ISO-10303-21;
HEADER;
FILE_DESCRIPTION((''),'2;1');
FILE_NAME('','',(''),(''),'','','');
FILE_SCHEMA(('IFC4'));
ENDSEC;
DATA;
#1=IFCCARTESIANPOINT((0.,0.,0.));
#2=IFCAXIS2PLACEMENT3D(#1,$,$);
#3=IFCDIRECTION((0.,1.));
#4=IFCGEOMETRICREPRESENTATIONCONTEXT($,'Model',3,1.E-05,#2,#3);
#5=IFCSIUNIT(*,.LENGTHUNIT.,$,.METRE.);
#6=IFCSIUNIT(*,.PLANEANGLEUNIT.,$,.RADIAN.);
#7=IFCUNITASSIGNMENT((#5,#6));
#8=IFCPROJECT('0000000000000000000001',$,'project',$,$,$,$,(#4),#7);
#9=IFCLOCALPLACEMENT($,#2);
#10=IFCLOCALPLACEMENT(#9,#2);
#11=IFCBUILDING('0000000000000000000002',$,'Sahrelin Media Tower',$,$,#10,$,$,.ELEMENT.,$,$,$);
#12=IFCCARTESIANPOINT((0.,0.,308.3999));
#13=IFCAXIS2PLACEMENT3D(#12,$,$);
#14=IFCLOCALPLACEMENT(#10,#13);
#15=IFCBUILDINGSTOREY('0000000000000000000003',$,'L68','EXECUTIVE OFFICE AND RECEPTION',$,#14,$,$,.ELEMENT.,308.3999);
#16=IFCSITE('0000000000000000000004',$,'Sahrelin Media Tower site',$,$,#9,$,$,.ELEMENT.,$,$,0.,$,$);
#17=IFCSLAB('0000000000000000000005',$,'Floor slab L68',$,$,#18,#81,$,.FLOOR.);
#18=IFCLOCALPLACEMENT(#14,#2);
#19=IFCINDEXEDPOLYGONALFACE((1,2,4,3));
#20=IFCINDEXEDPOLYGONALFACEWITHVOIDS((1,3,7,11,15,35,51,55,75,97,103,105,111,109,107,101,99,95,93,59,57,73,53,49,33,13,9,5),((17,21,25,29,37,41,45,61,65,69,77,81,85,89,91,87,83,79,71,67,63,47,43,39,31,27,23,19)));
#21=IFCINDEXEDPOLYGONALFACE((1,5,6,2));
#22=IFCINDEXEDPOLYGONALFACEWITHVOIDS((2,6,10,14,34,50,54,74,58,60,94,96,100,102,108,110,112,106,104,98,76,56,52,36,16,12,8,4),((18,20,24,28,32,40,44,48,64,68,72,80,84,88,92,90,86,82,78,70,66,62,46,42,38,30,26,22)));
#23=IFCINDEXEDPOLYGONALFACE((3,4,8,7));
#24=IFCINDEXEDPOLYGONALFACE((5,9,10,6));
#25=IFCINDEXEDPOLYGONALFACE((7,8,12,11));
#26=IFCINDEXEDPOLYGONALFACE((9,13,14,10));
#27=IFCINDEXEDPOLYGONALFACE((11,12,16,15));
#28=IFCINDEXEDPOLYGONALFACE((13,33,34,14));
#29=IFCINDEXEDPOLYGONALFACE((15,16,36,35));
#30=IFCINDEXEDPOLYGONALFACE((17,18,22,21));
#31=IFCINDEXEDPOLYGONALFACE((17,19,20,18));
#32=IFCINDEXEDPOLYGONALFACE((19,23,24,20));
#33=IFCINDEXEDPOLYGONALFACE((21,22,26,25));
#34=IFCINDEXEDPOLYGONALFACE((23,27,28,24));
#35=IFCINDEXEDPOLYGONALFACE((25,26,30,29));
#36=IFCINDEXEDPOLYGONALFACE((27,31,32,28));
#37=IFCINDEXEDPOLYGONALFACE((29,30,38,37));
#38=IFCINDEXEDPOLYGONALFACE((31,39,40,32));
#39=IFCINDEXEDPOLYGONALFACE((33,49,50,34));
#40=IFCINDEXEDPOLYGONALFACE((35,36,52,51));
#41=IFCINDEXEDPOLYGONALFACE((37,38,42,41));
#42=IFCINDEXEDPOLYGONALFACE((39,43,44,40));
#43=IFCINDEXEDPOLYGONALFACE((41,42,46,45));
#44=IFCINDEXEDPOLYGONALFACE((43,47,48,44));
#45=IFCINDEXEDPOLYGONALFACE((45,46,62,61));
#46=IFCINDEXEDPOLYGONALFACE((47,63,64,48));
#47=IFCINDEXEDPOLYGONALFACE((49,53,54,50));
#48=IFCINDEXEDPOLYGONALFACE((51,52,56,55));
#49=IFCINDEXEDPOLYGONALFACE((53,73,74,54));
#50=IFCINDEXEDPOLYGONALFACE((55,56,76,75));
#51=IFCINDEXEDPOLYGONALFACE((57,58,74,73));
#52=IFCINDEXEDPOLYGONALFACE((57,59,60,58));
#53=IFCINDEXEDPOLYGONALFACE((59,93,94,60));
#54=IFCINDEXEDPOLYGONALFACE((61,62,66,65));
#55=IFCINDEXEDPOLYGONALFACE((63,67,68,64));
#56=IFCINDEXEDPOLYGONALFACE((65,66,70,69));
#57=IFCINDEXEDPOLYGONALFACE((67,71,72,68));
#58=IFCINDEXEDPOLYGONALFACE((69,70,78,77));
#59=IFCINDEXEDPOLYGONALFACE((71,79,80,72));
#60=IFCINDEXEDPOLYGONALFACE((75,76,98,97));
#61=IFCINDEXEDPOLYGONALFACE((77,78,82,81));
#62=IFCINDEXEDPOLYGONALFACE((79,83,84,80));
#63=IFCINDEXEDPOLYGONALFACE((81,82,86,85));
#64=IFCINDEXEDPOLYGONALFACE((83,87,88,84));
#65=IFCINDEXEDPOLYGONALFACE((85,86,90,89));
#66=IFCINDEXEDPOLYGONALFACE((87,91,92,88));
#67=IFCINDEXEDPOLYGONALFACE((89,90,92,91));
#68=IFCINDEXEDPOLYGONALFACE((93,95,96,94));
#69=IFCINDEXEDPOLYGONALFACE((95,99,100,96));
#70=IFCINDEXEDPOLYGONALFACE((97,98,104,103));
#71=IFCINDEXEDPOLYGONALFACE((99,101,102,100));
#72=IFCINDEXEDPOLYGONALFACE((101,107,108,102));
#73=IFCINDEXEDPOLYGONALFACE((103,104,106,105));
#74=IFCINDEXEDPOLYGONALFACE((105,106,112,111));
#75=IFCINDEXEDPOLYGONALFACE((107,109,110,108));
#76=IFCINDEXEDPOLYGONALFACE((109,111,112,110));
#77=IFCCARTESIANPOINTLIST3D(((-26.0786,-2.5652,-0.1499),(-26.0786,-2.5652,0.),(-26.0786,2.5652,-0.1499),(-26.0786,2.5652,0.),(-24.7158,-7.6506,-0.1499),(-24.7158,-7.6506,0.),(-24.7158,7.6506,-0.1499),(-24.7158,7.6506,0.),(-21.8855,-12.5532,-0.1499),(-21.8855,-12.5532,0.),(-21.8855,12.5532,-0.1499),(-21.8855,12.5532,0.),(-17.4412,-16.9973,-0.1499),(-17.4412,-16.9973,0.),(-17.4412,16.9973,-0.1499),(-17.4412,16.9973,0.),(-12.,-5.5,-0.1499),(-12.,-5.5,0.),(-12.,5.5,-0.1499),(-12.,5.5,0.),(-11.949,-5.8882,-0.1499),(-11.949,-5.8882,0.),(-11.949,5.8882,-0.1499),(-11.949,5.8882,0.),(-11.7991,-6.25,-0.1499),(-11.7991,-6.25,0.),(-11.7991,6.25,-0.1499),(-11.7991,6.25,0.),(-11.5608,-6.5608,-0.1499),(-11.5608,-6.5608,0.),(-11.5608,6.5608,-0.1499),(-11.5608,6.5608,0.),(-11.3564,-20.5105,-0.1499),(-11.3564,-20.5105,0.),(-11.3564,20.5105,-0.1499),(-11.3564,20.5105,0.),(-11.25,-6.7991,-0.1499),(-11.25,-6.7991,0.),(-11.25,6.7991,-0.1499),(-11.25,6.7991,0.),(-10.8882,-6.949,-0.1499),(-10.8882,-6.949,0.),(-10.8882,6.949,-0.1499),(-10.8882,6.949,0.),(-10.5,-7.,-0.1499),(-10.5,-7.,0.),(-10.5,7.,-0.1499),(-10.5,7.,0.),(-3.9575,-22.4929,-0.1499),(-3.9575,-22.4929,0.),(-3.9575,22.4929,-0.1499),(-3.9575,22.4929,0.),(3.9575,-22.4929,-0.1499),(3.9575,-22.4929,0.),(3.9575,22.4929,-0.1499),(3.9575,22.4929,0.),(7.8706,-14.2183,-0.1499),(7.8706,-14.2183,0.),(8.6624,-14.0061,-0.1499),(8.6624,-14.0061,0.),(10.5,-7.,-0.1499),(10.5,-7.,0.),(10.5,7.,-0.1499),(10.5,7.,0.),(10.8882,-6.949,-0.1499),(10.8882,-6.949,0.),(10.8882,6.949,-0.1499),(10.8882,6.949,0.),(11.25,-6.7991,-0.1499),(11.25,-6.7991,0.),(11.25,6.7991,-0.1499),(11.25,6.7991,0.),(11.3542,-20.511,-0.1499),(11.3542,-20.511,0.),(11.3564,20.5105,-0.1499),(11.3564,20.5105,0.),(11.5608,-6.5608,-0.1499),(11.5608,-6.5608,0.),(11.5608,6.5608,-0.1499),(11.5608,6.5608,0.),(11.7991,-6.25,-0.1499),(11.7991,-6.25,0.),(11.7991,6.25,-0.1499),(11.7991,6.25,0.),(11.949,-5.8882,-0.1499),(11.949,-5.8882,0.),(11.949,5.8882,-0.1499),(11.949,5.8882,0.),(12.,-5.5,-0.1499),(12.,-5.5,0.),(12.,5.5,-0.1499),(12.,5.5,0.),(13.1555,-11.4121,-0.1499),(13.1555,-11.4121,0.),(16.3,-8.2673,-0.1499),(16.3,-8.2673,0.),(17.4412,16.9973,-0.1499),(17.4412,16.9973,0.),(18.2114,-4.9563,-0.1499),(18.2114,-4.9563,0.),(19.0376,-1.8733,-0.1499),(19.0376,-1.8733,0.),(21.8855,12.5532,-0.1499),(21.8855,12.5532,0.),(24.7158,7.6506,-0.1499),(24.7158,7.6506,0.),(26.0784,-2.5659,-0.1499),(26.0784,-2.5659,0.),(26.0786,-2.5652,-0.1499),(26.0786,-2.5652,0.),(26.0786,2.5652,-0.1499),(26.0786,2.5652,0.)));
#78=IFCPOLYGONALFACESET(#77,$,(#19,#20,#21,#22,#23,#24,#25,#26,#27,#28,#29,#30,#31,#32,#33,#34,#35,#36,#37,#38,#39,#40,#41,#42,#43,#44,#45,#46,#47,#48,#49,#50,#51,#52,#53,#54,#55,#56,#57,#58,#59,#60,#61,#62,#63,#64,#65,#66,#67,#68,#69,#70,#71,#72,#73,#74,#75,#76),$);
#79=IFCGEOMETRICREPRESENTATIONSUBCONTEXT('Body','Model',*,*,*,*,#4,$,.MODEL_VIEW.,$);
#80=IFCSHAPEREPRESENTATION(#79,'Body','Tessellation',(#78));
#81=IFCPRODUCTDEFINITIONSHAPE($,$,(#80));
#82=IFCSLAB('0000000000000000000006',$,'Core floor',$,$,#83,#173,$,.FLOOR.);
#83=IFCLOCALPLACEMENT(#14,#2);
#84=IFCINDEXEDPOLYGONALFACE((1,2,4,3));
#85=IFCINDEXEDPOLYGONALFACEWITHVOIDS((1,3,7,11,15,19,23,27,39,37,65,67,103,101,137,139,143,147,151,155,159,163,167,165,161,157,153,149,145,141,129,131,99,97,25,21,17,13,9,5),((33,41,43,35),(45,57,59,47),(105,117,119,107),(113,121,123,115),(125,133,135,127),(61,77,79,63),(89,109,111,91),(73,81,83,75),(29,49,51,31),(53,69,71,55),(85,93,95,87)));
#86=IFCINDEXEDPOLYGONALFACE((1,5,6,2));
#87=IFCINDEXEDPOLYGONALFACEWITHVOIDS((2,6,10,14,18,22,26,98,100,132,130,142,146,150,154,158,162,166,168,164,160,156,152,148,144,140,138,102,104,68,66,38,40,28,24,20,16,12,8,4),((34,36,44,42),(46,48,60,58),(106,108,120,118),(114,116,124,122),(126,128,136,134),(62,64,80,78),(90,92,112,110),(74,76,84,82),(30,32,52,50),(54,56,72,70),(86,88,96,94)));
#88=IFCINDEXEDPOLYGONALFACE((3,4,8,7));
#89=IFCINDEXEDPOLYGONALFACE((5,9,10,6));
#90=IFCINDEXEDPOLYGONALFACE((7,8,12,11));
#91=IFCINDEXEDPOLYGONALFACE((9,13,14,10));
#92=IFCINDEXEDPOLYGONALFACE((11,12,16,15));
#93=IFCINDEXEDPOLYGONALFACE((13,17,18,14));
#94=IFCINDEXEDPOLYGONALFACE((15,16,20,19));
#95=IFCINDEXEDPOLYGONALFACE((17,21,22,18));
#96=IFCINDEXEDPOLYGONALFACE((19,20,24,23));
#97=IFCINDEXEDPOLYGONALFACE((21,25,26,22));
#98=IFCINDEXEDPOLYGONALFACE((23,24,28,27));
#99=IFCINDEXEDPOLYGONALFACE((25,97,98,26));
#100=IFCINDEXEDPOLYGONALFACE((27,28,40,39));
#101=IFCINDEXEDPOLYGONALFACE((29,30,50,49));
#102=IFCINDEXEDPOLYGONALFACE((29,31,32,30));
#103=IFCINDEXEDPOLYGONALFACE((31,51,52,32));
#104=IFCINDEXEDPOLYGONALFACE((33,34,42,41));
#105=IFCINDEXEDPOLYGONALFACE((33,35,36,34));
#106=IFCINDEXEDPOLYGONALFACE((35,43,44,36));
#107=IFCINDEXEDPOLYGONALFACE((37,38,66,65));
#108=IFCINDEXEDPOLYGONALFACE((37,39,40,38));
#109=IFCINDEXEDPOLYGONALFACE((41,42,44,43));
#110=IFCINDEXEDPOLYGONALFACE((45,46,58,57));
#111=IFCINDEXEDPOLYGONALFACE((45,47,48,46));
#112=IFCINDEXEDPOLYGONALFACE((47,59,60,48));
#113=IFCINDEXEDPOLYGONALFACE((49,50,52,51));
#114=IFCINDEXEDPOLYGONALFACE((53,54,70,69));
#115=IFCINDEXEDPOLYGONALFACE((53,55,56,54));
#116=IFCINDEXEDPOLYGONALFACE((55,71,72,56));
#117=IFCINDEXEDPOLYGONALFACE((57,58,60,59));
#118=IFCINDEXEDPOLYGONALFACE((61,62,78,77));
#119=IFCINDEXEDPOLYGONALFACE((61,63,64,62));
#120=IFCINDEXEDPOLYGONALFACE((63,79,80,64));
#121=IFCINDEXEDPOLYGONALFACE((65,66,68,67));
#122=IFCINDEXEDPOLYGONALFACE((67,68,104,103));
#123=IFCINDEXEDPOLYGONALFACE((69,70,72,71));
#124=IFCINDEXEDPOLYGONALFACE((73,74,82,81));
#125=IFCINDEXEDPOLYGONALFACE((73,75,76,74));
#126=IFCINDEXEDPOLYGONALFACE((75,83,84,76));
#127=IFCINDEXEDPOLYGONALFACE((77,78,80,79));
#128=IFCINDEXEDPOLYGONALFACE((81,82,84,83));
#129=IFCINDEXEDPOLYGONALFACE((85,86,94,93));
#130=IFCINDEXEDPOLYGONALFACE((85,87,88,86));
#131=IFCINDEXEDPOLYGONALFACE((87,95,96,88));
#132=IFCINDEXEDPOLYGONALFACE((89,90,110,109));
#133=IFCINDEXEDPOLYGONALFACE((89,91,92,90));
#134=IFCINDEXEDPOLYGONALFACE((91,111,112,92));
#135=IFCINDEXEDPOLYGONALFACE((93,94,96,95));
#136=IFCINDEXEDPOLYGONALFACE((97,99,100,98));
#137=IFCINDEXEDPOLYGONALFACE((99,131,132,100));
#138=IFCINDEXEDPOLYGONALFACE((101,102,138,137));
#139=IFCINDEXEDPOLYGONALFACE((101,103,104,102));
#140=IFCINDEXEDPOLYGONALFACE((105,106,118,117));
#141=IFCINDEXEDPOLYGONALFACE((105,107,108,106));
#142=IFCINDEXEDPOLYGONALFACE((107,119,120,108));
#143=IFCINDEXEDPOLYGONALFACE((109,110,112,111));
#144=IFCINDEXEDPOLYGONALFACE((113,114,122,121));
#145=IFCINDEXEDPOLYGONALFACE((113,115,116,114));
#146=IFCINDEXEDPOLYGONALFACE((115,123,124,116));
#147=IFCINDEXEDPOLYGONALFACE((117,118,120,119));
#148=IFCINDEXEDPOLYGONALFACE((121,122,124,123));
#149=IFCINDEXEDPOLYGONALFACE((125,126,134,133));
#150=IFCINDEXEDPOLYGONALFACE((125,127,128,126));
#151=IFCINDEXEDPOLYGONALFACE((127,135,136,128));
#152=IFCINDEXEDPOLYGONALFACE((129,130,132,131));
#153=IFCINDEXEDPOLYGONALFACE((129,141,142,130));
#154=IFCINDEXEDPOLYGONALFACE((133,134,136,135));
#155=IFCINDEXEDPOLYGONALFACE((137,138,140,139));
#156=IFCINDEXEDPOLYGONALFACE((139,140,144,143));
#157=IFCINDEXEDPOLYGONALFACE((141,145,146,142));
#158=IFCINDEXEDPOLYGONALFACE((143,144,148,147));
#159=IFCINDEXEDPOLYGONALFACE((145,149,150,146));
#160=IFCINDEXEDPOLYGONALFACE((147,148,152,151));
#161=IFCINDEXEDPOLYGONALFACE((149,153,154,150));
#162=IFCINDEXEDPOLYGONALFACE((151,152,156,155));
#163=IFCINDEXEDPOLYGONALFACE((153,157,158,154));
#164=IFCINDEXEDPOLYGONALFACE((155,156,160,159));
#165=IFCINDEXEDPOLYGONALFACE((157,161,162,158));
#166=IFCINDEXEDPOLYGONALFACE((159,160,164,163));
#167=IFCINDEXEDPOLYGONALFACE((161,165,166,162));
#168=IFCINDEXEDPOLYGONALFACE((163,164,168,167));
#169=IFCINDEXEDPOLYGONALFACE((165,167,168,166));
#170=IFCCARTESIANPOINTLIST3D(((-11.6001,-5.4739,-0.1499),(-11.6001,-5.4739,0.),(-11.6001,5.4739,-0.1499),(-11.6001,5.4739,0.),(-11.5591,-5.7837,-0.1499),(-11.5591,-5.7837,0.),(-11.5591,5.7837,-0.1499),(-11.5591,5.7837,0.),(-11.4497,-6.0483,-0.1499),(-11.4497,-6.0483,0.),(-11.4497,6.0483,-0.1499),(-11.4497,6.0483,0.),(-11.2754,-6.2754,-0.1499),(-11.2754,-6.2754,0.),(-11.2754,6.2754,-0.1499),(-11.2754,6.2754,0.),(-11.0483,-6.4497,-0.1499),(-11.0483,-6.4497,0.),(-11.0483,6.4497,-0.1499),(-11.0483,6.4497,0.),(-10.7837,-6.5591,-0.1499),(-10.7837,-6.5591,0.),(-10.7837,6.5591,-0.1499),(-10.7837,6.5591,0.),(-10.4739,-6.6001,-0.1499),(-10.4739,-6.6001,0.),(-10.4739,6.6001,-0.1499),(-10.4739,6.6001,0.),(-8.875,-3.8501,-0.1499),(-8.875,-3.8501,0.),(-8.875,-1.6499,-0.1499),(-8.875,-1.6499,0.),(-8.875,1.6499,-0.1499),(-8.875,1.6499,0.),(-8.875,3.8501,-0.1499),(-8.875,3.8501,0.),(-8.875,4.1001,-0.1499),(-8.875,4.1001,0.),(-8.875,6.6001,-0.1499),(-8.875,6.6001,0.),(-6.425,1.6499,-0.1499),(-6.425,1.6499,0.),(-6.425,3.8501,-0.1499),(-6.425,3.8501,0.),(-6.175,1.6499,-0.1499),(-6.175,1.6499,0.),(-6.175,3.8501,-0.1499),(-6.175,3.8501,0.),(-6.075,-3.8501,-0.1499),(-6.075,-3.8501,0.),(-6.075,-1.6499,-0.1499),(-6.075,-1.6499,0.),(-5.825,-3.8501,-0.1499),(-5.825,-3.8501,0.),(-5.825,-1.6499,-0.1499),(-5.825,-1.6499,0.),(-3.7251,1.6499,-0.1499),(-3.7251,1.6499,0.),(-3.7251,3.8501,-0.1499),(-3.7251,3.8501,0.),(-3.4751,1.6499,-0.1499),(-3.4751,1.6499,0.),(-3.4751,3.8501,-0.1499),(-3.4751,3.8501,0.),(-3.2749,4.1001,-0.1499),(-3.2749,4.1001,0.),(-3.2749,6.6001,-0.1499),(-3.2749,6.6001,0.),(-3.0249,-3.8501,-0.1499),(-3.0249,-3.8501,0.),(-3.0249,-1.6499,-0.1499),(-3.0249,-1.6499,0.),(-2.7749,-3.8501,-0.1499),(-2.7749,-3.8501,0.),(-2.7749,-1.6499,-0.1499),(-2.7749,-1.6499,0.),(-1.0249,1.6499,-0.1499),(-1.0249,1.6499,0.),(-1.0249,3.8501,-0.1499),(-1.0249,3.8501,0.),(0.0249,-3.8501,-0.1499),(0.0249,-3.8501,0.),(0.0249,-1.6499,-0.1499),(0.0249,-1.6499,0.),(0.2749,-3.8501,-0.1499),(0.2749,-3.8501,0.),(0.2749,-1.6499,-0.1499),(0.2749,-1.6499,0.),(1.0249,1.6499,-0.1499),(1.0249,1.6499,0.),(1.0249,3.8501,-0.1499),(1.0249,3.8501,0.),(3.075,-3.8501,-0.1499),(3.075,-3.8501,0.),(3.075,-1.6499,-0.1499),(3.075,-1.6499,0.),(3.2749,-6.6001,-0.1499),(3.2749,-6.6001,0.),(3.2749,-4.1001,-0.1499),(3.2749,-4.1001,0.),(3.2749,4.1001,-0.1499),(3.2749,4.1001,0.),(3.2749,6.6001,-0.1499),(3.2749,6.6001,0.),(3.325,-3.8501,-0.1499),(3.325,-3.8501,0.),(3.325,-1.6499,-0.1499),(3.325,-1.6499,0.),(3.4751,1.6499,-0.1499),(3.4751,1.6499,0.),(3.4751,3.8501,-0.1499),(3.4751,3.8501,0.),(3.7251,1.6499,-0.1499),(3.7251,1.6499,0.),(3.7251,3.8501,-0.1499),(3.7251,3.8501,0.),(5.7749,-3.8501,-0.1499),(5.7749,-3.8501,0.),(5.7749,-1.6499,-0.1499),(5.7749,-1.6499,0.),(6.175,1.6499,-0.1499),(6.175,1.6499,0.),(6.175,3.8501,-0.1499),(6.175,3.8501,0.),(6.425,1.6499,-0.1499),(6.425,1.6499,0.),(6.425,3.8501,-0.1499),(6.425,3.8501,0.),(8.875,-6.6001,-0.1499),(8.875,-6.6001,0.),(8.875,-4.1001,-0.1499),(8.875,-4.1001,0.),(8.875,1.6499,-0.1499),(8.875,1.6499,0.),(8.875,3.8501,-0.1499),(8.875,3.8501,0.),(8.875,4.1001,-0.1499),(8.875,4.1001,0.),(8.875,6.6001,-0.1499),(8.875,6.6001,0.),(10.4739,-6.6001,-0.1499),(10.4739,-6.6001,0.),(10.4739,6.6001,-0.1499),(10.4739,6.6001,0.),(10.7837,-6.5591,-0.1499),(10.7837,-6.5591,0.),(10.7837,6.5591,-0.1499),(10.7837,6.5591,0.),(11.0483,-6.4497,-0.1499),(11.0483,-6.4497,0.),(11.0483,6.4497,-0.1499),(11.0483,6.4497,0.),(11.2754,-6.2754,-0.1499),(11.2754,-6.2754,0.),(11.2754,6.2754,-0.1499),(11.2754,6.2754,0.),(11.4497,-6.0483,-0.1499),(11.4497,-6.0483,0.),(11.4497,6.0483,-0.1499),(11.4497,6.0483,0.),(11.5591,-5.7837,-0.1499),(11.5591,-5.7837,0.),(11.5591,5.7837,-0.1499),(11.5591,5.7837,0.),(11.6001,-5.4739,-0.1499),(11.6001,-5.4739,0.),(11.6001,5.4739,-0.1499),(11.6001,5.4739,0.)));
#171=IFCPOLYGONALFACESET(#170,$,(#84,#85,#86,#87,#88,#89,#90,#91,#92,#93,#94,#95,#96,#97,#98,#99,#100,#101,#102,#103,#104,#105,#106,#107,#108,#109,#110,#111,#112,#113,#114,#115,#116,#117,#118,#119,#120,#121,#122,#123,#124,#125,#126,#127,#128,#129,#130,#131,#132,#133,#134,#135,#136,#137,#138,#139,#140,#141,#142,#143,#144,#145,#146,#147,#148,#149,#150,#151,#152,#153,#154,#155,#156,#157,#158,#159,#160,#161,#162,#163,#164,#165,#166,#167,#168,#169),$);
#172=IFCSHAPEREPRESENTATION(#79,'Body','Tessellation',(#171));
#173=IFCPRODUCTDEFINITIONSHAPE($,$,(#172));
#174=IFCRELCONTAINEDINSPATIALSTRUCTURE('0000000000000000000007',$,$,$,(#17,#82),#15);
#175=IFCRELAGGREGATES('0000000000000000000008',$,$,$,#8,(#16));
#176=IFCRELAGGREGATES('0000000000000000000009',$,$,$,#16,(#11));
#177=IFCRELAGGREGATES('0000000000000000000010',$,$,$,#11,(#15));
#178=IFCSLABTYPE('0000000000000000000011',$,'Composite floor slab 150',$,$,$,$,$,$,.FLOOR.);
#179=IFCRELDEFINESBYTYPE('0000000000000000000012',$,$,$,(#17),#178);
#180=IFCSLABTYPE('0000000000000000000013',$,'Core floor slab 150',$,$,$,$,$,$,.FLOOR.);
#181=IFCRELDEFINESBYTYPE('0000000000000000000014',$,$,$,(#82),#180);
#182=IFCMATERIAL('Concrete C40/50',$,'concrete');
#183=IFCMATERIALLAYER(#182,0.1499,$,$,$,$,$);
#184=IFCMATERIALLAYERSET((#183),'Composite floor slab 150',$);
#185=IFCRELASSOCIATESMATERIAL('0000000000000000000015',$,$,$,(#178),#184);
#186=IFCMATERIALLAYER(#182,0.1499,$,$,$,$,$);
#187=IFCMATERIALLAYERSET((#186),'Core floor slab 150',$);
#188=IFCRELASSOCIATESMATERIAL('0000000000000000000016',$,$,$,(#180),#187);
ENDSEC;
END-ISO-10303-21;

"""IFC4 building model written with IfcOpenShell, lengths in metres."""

from ifc_helpers import new_model, si_unit, direction, frame, origin, place, context, subcontext, project, spatial, polyline, outline, extrude, material, layer, layer_set, type_object, element, save


model = new_model("IFC4")

# Units and contexts
model_context = context("Model", 3, precision=1e-05, world=origin(), true_north=direction((0.0, 1.0)))
body_context = subcontext(model_context, "Body", "Model", "MODEL_VIEW")
ifc_project = project(units=[si_unit("LENGTHUNIT", "METRE"), si_unit("PLANEANGLEUNIT", "RADIAN")], contexts=[model_context])

# Site, building, storey
site_placement = place(None, origin())
site = spatial("IfcSite", under=ifc_project, at=site_placement, Name="Sahrelin Media Tower site", CompositionType="ELEMENT", RefElevation=0.0)
building_placement = place(site_placement, origin())
building = spatial("IfcBuilding", under=site, at=building_placement, Name="Sahrelin Media Tower", CompositionType="ELEMENT")
storey_placement = place(building_placement, frame((0.0, 0.0, 308.3999)))
storey = spatial("IfcBuildingStorey", under=building, at=storey_placement, Name="L68", Description="EXECUTIVE OFFICE AND RECEPTION", CompositionType="ELEMENT", Elevation=308.3999)

# Slabs
ifc_material_1 = material(Name="Concrete C40/50", Category="concrete")
ifc_layer_1 = layer(ifc_material_1, 0.1499)
ifc_layer_set_1 = layer_set([ifc_layer_1], Name="Composite floor slab 150")
slab_type_1 = type_object("IfcSlabType", Name="Composite floor slab 150", PredefinedType="FLOOR", material=ifc_layer_set_1)
placement_1 = place(storey_placement, frame((0.0, 0.0, -0.1499)))
element("IfcSlab", 1, at=placement_1, inside=storey, type_object=slab_type_1, Name="Floor slab L68", PredefinedType="FLOOR", context=body_context, shape_type="SweptSolid", body=[
    extrude(outline(polyline([(26.0784, -2.5659), (26.0786, -2.5652), (26.0786, 2.5652), (24.7158, 7.6506), (21.8855, 12.5532), (17.4412, 16.9973), (11.3564, 20.5105), (3.9575, 22.4929), (-3.9575, 22.4929), (-11.3564, 20.5105), (-17.4412, 16.9973), (-21.8855, 12.5532), (-24.7158, 7.6506), (-26.0786, 2.5652), (-26.0786, -2.5652), (-24.7158, -7.6506), (-21.8855, -12.5532), (-17.4412, -16.9973), (-11.3564, -20.5105), (-3.9575, -22.4929), (3.9575, -22.4929), (11.3542, -20.511), (7.8706, -14.2183), (8.6624, -14.0061), (13.1555, -11.4121), (16.3, -8.2673), (18.2114, -4.9563), (19.0376, -1.8733), (26.0784, -2.5659)]), holes=[polyline([(11.7991, 6.25), (11.949, 5.8882), (12.0, 5.5), (12.0, -5.5), (11.949, -5.8882), (11.7991, -6.25), (11.5608, -6.5608), (11.25, -6.7991), (10.8882, -6.949), (10.5, -7.0), (-10.5, -7.0), (-10.8882, -6.949), (-11.25, -6.7991), (-11.5608, -6.5608), (-11.7991, -6.25), (-11.949, -5.8882), (-12.0, -5.5), (-12.0, 5.5), (-11.949, 5.8882), (-11.7991, 6.25), (-11.5608, 6.5608), (-11.25, 6.7991), (-10.8882, 6.949), (-10.5, 7.0), (10.5, 7.0), (10.8882, 6.949), (11.25, 6.7991), (11.5608, 6.5608), (11.7991, 6.25)])]), origin(), (0.0, 0.0, 1.0), 0.1499),
])
ifc_layer_2 = layer(ifc_material_1, 0.1499)
ifc_layer_set_2 = layer_set([ifc_layer_2], Name="Core floor slab 150")
slab_type_2 = type_object("IfcSlabType", Name="Core floor slab 150", PredefinedType="FLOOR", material=ifc_layer_set_2)
element("IfcSlab", 2, at=placement_1, inside=storey, type_object=slab_type_2, Name="Core floor", PredefinedType="FLOOR", context=body_context, shape_type="SweptSolid", body=[
    extrude(outline(polyline([(-11.6001, -5.4739), (-11.5591, -5.7837), (-11.4497, -6.0483), (-11.2754, -6.2754), (-11.0483, -6.4497), (-10.7837, -6.5591), (-10.4739, -6.6001), (3.2749, -6.6001), (3.2749, -4.1001), (8.875, -4.1001), (8.875, -6.6001), (10.4739, -6.6001), (10.7837, -6.5591), (11.0483, -6.4497), (11.2754, -6.2754), (11.4497, -6.0483), (11.5591, -5.7837), (11.6001, -5.4739), (11.6001, 5.4739), (11.5591, 5.7837), (11.4497, 6.0483), (11.2754, 6.2754), (11.0483, 6.4497), (10.7837, 6.5591), (10.4739, 6.6001), (8.875, 6.6001), (8.875, 4.1001), (3.2749, 4.1001), (3.2749, 6.6001), (-3.2749, 6.6001), (-3.2749, 4.1001), (-8.875, 4.1001), (-8.875, 6.6001), (-10.4739, 6.6001), (-10.7837, 6.5591), (-11.0483, 6.4497), (-11.2754, 6.2754), (-11.4497, 6.0483), (-11.5591, 5.7837), (-11.6001, 5.4739), (-11.6001, -5.4739)]), holes=[polyline([(-8.875, 3.8501), (-8.875, 1.6499), (-6.425, 1.6499), (-6.425, 3.8501), (-8.875, 3.8501)]), polyline([(-3.7251, 3.8501), (-6.175, 3.8501), (-6.175, 1.6499), (-3.7251, 1.6499), (-3.7251, 3.8501)]), polyline([(-1.0249, 1.6499), (-1.0249, 3.8501), (-3.4751, 3.8501), (-3.4751, 1.6499), (-1.0249, 1.6499)]), polyline([(1.0249, 1.6499), (3.4751, 1.6499), (3.4751, 3.8501), (1.0249, 3.8501), (1.0249, 1.6499)]), polyline([(3.7251, 3.8501), (3.7251, 1.6499), (6.175, 1.6499), (6.175, 3.8501), (3.7251, 3.8501)]), polyline([(8.875, 3.8501), (6.425, 3.8501), (6.425, 1.6499), (8.875, 1.6499), (8.875, 3.8501)]), polyline([(-6.075, -3.8501), (-6.075, -1.6499), (-8.875, -1.6499), (-8.875, -3.8501), (-6.075, -3.8501)]), polyline([(-5.825, -3.8501), (-3.0249, -3.8501), (-3.0249, -1.6499), (-5.825, -1.6499), (-5.825, -3.8501)]), polyline([(-2.7749, -1.6499), (-2.7749, -3.8501), (0.0249, -3.8501), (0.0249, -1.6499), (-2.7749, -1.6499)]), polyline([(3.075, -1.6499), (0.2749, -1.6499), (0.2749, -3.8501), (3.075, -3.8501), (3.075, -1.6499)]), polyline([(5.7749, -3.8501), (5.7749, -1.6499), (3.325, -1.6499), (3.325, -3.8501), (5.7749, -3.8501)])]), origin(), (0.0, 0.0, 1.0), 0.1499),
])

save(model, "model.ifc")
